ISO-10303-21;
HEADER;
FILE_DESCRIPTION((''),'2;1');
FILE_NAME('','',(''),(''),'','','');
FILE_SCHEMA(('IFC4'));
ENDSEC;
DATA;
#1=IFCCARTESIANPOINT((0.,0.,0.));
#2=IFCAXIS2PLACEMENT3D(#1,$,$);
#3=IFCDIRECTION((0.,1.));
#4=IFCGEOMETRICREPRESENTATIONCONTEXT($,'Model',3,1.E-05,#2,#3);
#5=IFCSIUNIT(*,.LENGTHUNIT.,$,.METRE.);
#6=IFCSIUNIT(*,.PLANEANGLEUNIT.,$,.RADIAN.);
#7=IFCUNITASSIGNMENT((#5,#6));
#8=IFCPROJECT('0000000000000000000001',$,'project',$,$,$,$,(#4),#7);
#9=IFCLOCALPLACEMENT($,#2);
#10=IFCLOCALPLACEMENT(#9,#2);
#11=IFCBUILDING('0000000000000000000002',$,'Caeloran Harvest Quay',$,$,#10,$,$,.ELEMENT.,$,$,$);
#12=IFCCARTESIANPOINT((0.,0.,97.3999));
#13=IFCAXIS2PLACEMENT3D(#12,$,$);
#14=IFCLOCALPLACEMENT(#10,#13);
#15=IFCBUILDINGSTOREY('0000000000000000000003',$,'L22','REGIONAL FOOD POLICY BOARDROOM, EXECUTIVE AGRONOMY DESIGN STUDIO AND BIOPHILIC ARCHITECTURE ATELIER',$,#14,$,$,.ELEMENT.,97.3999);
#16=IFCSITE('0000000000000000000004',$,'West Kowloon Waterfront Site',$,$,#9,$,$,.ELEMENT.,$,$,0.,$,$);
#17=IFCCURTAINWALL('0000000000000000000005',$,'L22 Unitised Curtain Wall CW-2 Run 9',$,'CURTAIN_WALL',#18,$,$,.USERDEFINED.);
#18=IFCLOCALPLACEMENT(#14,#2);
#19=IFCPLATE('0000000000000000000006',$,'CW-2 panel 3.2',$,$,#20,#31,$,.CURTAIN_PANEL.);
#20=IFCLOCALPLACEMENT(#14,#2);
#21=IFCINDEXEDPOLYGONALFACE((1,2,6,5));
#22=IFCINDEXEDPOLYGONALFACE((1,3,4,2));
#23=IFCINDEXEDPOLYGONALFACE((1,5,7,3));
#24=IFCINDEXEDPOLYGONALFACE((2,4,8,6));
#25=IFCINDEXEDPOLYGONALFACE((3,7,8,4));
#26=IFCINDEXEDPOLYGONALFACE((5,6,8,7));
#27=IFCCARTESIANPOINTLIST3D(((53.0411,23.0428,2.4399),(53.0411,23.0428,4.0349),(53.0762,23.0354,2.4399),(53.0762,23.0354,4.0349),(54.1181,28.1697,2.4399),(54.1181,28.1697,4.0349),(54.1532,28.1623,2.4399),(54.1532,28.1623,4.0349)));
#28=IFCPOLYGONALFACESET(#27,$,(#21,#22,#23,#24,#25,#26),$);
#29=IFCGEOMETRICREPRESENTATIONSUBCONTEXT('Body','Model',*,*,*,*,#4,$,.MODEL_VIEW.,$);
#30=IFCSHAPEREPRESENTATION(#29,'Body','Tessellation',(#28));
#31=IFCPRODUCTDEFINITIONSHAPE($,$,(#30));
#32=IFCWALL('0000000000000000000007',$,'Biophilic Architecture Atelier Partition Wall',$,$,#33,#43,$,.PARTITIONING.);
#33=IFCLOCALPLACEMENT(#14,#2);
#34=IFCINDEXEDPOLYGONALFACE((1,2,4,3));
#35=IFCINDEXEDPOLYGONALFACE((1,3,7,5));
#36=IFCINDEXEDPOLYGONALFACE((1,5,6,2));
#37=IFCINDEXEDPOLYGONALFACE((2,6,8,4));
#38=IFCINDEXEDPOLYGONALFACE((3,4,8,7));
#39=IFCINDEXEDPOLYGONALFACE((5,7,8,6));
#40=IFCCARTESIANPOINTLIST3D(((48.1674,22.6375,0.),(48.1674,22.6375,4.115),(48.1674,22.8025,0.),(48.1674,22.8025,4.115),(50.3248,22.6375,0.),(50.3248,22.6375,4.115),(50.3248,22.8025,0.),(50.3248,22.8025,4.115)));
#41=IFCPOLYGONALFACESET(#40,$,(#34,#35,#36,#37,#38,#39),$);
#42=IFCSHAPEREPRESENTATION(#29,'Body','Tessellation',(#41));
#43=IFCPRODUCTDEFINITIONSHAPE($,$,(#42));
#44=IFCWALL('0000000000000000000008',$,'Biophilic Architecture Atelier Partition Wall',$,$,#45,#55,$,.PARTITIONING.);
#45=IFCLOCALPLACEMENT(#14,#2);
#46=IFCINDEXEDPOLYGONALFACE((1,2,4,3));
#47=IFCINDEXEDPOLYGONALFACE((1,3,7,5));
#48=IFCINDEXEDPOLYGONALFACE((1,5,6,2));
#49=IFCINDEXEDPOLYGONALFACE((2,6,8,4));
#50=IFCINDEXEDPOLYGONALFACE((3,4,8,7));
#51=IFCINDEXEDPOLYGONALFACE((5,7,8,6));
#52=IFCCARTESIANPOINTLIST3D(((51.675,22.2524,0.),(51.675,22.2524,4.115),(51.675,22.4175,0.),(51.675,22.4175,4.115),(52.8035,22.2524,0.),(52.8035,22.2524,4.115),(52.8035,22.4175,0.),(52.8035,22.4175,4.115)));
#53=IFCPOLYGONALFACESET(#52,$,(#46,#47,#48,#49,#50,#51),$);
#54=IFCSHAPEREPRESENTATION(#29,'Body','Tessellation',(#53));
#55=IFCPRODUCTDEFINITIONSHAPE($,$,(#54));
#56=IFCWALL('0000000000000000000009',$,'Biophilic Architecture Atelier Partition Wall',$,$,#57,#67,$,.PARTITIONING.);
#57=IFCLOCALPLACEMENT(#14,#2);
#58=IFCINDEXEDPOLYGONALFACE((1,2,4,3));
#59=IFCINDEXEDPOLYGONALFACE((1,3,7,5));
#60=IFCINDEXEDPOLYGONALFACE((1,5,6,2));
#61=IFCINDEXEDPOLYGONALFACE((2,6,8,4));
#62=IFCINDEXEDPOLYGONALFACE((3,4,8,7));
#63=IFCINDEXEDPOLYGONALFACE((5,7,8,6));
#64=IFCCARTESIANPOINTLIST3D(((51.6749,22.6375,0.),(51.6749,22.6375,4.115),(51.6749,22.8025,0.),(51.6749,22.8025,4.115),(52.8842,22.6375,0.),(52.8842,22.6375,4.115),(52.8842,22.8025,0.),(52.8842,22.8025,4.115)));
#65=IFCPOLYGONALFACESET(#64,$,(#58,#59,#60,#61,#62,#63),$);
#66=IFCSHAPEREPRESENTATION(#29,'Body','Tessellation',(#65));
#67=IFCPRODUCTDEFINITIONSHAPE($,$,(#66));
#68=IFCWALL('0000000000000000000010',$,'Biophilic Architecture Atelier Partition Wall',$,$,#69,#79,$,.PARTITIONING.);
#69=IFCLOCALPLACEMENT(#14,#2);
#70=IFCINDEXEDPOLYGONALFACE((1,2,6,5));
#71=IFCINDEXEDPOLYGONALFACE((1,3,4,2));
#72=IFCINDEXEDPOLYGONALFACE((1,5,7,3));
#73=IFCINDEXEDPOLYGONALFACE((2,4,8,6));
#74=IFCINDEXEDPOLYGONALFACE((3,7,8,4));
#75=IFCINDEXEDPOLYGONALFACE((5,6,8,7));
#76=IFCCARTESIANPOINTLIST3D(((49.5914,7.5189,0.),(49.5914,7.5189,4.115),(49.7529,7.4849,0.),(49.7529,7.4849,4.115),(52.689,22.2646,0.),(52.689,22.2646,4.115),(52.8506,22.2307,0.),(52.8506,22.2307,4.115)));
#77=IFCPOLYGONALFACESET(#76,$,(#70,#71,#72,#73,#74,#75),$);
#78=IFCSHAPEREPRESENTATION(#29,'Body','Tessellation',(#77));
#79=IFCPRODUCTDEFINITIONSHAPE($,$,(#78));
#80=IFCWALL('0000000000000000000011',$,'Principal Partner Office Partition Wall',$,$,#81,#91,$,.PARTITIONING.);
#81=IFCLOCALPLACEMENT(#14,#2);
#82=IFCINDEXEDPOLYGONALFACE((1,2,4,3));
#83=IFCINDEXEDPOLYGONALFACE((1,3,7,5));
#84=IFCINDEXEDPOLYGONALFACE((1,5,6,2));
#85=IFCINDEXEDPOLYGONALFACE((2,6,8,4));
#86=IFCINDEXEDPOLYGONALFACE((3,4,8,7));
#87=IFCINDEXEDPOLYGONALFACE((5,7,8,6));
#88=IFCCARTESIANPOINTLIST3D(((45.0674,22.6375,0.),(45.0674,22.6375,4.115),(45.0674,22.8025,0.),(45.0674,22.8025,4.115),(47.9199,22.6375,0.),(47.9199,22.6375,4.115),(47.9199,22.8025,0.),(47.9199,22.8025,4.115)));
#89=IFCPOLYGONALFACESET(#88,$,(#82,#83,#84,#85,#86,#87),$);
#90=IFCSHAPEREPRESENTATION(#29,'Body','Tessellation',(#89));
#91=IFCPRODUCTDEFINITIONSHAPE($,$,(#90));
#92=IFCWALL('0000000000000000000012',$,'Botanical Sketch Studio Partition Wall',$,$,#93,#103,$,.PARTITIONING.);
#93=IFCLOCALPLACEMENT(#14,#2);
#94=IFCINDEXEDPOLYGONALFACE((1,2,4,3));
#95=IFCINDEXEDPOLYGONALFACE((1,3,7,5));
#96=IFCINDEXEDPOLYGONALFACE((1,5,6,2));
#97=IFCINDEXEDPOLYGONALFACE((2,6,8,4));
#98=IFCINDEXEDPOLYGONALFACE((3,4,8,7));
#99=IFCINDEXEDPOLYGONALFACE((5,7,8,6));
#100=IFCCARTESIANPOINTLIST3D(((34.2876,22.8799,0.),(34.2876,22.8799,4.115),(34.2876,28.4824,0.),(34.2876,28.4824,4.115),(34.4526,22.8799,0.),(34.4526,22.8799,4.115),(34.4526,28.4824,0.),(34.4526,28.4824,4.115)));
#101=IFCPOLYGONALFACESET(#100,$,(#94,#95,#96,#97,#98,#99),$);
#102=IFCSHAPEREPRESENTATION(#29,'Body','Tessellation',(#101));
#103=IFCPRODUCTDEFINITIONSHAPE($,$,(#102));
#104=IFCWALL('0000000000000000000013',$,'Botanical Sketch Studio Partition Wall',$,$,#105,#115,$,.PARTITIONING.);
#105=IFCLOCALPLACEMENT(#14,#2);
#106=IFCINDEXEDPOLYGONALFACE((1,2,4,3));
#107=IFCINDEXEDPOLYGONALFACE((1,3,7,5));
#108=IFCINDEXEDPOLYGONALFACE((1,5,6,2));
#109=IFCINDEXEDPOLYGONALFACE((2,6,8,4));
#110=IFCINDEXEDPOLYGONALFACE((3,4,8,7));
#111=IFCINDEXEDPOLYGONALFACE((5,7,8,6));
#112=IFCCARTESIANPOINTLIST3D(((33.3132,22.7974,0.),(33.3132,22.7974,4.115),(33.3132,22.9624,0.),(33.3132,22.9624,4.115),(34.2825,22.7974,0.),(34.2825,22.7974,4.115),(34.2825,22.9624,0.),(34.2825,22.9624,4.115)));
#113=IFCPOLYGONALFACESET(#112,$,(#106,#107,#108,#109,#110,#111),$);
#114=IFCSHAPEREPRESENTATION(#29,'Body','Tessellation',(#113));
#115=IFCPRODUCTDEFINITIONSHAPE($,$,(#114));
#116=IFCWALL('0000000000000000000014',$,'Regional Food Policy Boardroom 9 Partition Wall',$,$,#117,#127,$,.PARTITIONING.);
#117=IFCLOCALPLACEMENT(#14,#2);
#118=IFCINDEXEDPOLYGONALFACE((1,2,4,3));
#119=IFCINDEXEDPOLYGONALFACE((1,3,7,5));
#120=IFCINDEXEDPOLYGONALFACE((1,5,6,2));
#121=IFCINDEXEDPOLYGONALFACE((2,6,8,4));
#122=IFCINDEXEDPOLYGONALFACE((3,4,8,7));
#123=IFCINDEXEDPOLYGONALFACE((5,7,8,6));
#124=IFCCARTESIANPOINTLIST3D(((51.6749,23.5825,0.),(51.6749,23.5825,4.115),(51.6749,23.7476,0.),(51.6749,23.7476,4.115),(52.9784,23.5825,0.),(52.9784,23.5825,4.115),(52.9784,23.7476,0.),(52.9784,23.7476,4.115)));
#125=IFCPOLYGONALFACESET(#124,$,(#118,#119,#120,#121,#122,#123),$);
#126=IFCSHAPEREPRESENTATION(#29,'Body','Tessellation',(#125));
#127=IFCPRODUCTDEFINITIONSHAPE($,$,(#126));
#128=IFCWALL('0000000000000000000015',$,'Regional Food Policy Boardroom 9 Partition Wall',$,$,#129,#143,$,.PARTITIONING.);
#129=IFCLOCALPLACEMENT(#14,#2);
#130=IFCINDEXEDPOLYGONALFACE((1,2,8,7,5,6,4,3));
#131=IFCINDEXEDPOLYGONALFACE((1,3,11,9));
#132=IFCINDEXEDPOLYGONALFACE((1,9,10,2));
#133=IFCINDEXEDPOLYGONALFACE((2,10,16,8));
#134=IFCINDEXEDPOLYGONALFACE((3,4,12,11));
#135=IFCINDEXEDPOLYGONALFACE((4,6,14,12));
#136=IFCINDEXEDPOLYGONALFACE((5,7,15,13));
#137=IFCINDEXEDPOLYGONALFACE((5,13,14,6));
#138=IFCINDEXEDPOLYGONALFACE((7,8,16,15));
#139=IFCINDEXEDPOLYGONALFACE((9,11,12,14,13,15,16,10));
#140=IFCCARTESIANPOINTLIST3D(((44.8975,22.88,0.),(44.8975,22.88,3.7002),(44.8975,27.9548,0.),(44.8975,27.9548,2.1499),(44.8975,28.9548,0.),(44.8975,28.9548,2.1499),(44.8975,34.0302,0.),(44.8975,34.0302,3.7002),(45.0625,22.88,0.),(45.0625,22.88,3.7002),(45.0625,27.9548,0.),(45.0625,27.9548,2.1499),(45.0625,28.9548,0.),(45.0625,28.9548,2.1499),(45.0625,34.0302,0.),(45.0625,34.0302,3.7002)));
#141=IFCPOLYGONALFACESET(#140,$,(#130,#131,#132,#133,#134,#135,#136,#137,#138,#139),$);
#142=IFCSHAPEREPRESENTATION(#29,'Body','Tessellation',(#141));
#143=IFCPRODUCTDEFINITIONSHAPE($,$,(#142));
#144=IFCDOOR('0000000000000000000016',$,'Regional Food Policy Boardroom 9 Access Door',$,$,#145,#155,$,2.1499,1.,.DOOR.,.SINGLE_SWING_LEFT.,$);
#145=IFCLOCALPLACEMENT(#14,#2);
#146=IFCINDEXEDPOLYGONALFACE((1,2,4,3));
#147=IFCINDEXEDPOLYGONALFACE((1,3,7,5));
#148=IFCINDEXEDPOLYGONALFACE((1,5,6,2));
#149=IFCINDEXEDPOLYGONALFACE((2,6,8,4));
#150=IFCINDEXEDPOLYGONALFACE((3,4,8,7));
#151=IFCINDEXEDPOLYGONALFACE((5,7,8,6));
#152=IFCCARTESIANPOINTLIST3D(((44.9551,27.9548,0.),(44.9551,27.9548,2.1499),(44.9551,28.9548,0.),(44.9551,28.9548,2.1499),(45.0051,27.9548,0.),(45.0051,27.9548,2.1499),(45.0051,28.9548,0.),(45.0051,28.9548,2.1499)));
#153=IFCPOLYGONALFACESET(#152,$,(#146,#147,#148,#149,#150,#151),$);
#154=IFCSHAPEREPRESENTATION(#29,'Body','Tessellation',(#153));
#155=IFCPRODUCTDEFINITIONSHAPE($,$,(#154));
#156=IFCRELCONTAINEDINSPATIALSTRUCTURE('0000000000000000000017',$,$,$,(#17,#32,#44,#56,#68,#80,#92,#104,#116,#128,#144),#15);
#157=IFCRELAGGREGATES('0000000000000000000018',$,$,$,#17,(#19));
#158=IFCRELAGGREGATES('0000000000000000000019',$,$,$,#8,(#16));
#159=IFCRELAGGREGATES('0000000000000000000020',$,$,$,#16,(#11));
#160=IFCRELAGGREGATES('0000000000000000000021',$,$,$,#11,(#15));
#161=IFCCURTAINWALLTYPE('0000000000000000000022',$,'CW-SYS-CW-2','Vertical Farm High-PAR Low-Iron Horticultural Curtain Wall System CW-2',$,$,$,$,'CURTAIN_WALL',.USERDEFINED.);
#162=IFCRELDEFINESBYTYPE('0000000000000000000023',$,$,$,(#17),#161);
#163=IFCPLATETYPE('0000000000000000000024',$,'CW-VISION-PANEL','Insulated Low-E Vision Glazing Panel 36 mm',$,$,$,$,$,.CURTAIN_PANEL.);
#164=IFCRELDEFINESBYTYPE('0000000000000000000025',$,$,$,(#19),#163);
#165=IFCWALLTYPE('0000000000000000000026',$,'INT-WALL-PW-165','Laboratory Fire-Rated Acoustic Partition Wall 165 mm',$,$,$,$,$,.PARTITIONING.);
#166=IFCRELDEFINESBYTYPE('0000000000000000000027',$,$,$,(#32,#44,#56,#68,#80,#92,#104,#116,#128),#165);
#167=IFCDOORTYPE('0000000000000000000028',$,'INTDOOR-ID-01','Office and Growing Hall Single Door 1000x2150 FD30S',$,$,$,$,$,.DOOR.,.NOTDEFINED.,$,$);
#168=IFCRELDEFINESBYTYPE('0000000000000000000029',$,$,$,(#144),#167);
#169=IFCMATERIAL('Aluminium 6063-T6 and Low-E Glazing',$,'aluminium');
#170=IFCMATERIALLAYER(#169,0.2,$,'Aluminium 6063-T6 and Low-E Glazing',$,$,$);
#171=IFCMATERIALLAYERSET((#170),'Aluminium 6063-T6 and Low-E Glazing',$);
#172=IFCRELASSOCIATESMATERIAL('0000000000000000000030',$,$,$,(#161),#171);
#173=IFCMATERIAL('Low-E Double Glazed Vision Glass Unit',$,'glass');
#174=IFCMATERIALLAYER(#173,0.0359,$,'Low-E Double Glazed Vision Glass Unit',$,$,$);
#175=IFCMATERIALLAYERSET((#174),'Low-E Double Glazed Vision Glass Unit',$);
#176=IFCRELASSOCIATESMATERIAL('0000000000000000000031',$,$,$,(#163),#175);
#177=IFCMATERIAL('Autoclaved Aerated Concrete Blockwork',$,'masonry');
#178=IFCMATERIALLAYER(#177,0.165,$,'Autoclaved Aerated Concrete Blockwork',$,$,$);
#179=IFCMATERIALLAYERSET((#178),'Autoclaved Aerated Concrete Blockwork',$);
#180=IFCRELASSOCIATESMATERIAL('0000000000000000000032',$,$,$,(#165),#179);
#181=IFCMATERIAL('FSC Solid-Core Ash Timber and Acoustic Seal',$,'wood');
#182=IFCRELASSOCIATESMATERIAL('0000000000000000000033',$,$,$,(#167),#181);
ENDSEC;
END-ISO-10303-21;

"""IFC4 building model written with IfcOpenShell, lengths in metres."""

from ifc_helpers import new_model, si_unit, direction, frame, frame_2d, origin, origin_2d, place, context, subcontext, project, spatial, rectangle, extrude, material, layer, layer_set, type_object, element, fill, aggregate, save


model = new_model("IFC4")

# Units and contexts
model_context = context("Model", 3, precision=1e-05, world=origin(), true_north=direction((0.0, 1.0)))
body_context = subcontext(model_context, "Body", "Model", "MODEL_VIEW")
ifc_project = project(units=[si_unit("LENGTHUNIT", "METRE"), si_unit("PLANEANGLEUNIT", "RADIAN")], contexts=[model_context])

# Site, building, storey
site_placement = place(None, origin())
site = spatial("IfcSite", under=ifc_project, at=site_placement, Name="West Kowloon Waterfront Site", CompositionType="ELEMENT", RefElevation=0.0)
building_placement = place(site_placement, origin())
building = spatial("IfcBuilding", under=site, at=building_placement, Name="Caeloran Harvest Quay", CompositionType="ELEMENT")
storey_placement = place(building_placement, frame((0.0, 0.0, 97.3999)))
storey = spatial("IfcBuildingStorey", under=building, at=storey_placement, Name="L22", Description="REGIONAL FOOD POLICY BOARDROOM, EXECUTIVE AGRONOMY DESIGN STUDIO AND BIOPHILIC ARCHITECTURE ATELIER", CompositionType="ELEMENT", Elevation=97.3999)

# Curtain wall, plate
ifc_material_1 = material(Name="Aluminium 6063-T6 and Low-E Glazing", Category="aluminium")
ifc_layer_1 = layer(ifc_material_1, 0.2, Name="Aluminium 6063-T6 and Low-E Glazing")
ifc_layer_set_1 = layer_set([ifc_layer_1], Name="Aluminium 6063-T6 and Low-E Glazing")
curtain_wall_type = type_object("IfcCurtainWallType", Name="CW-SYS-CW-2", Description="Vertical Farm High-PAR Low-Iron Horticultural Curtain Wall System CW-2", ElementType="CURTAIN_WALL", PredefinedType="USERDEFINED", material=ifc_layer_set_1)
curtain_wall_placement = place(storey_placement, origin())
curtain_wall = element("IfcCurtainWall", 1, at=curtain_wall_placement, inside=storey, type_object=curtain_wall_type, Name="L22 Unitised Curtain Wall CW-2 Run 9", ObjectType="CURTAIN_WALL", PredefinedType="USERDEFINED")
ifc_material_2 = material(Name="Low-E Double Glazed Vision Glass Unit", Category="glass")
ifc_layer_2 = layer(ifc_material_2, 0.0359, Name="Low-E Double Glazed Vision Glass Unit")
ifc_layer_set_2 = layer_set([ifc_layer_2], Name="Low-E Double Glazed Vision Glass Unit")
plate_type = type_object("IfcPlateType", Name="CW-VISION-PANEL", Description="Insulated Low-E Vision Glazing Panel 36 mm", PredefinedType="CURTAIN_PANEL", material=ifc_layer_set_2)
plate_1_placement = place(storey_placement, frame((53.5972, 25.6025, 2.4399), z_axis=(0.0, 0.0, 1.0), x_axis=(-0.205583, -0.97864, 0.0)))
plate_1 = element("IfcPlate", 2, at=plate_1_placement, type_object=plate_type, Name="CW-2 panel 3.2", PredefinedType="CURTAIN_PANEL", context=body_context, shape_type="SweptSolid", body=[
    extrude(rectangle(XDim=5.2388, YDim=0.0359, at=origin_2d()), origin(), (0.0, 0.0, 1.0), 1.595),
])
aggregate(curtain_wall, [plate_1])

# Walls
ifc_material_3 = material(Name="Autoclaved Aerated Concrete Blockwork", Category="masonry")
ifc_layer_3 = layer(ifc_material_3, 0.165, Name="Autoclaved Aerated Concrete Blockwork")
ifc_layer_set_3 = layer_set([ifc_layer_3], Name="Autoclaved Aerated Concrete Blockwork")
wall_type = type_object("IfcWallType", Name="INT-WALL-PW-165", Description="Laboratory Fire-Rated Acoustic Partition Wall 165 mm", PredefinedType="PARTITIONING", material=ifc_layer_set_3)
wall_1_placement = place(storey_placement, frame((48.1675, 22.72, 0.0), z_axis=(0.0, 0.0, 1.0), x_axis=(1.0, 0.0, 0.0)))
element("IfcWall", 3, at=wall_1_placement, inside=storey, type_object=wall_type, Name="Biophilic Architecture Atelier Partition Wall", PredefinedType="PARTITIONING", context=body_context, shape_type="SweptSolid", body=[
    extrude(rectangle(XDim=2.1575, YDim=0.165, at=frame_2d((1.0786, 0.0))), origin(), (0.0, 0.0, 1.0), 4.115),
])
wall_2_placement = place(storey_placement, frame((51.675, 22.335, 0.0), z_axis=(0.0, 0.0, 1.0), x_axis=(1.0, 0.0, 0.0)))
element("IfcWall", 4, at=wall_2_placement, inside=storey, type_object=wall_type, Name="Biophilic Architecture Atelier Partition Wall", PredefinedType="PARTITIONING", context=body_context, shape_type="SweptSolid", body=[
    extrude(rectangle(XDim=1.1284, YDim=0.165, at=frame_2d((0.5642, 0.0))), origin(), (0.0, 0.0, 1.0), 4.115),
])
wall_3_placement = place(storey_placement, frame((51.675, 22.72, 0.0), z_axis=(0.0, 0.0, 1.0), x_axis=(1.0, 0.0, 0.0)))
element("IfcWall", 5, at=wall_3_placement, inside=storey, type_object=wall_type, Name="Biophilic Architecture Atelier Partition Wall", PredefinedType="PARTITIONING", context=body_context, shape_type="SweptSolid", body=[
    extrude(rectangle(XDim=1.2092, YDim=0.165, at=frame_2d((0.6045, 0.0))), origin(), (0.0, 0.0, 1.0), 4.115),
])
wall_4_placement = place(storey_placement, frame((52.7698, 22.2476, 0.0), z_axis=(0.0, 0.0, 1.0), x_axis=(-0.205583, -0.97864, 0.0)))
element("IfcWall", 6, at=wall_4_placement, inside=storey, type_object=wall_type, Name="Biophilic Architecture Atelier Partition Wall", PredefinedType="PARTITIONING", context=body_context, shape_type="SweptSolid", body=[
    extrude(rectangle(XDim=15.0676, YDim=0.165, at=frame_2d((7.5337, 0.0))), origin(), (0.0, 0.0, 1.0), 4.115),
])
wall_5_placement = place(storey_placement, frame((45.0674, 22.72, 0.0), z_axis=(0.0, 0.0, 1.0), x_axis=(1.0, 0.0, 0.0)))
element("IfcWall", 7, at=wall_5_placement, inside=storey, type_object=wall_type, Name="Principal Partner Office Partition Wall", PredefinedType="PARTITIONING", context=body_context, shape_type="SweptSolid", body=[
    extrude(rectangle(XDim=2.8525, YDim=0.165, at=frame_2d((1.4263, 0.0))), origin(), (0.0, 0.0, 1.0), 4.115),
])
wall_6_placement = place(storey_placement, frame((34.3701, 28.4824, 0.0), z_axis=(0.0, 0.0, 1.0), x_axis=(0.0, -1.0, 0.0)))
element("IfcWall", 8, at=wall_6_placement, inside=storey, type_object=wall_type, Name="Botanical Sketch Studio Partition Wall", PredefinedType="PARTITIONING", context=body_context, shape_type="SweptSolid", body=[
    extrude(rectangle(XDim=5.6025, YDim=0.165, at=frame_2d((2.8013, 0.0))), origin(), (0.0, 0.0, 1.0), 4.115),
])
wall_7_placement = place(storey_placement, frame((34.2825, 22.8799, 0.0), z_axis=(0.0, 0.0, 1.0), x_axis=(-1.0, 0.0, 0.0)))
element("IfcWall", 9, at=wall_7_placement, inside=storey, type_object=wall_type, Name="Botanical Sketch Studio Partition Wall", PredefinedType="PARTITIONING", context=body_context, shape_type="SweptSolid", body=[
    extrude(rectangle(XDim=0.9692, YDim=0.165, at=frame_2d((0.4846, 0.0))), origin(), (0.0, 0.0, 1.0), 4.115),
])
wall_8_placement = place(storey_placement, frame((52.9785, 23.665, 0.0), z_axis=(0.0, 0.0, 1.0), x_axis=(-1.0, 0.0, 0.0)))
element("IfcWall", 10, at=wall_8_placement, inside=storey, type_object=wall_type, Name="Regional Food Policy Boardroom 9 Partition Wall", PredefinedType="PARTITIONING", context=body_context, shape_type="SweptSolid", body=[
    extrude(rectangle(XDim=1.3035, YDim=0.165, at=frame_2d((0.6519, 0.0))), origin(), (0.0, 0.0, 1.0), 4.115),
])

# Wall, opening, door
wall_9_placement = place(storey_placement, frame((44.98, 22.8799, 0.0), z_axis=(0.0, 0.0, 1.0), x_axis=(0.0, 1.0, 0.0)))
wall_9 = element("IfcWall", 11, at=wall_9_placement, inside=storey, type_object=wall_type, Name="Regional Food Policy Boardroom 9 Partition Wall", PredefinedType="PARTITIONING", context=body_context, shape_type="SweptSolid", body=[
    extrude(rectangle(XDim=11.1501, YDim=0.165, at=frame_2d((5.5752, 0.0))), origin(), (0.0, 0.0, 1.0), 3.7002),
])
opening_placement = place(wall_9_placement, frame((5.075, 0.0, 0.0)))
opening = element("IfcOpeningElement", 12, at=opening_placement, cuts=wall_9, PredefinedType="OPENING", context=body_context, shape_type="SweptSolid", body=[
    extrude(rectangle(XDim=1.0, YDim=2.1499, at=frame_2d((0.5, 1.075))), frame((0.0, 0.0925, 0.0), z_axis=(0.0, -1.0, 0.0), x_axis=(1.0, 0.0, 0.0)), (0.0, 0.0, 1.0), 0.1851),
])
ifc_material_4 = material(Name="FSC Solid-Core Ash Timber and Acoustic Seal", Category="wood")
door_type = type_object("IfcDoorType", Name="INTDOOR-ID-01", Description="Office and Growing Hall Single Door 1000x2150 FD30S", OperationType="NOTDEFINED", PredefinedType="DOOR", material=ifc_material_4)
door_placement = place(opening_placement, origin())
door = element("IfcDoor", 13, at=door_placement, inside=storey, type_object=door_type, Name="Regional Food Policy Boardroom 9 Access Door", OperationType="SINGLE_SWING_LEFT", OverallHeight=2.1499, OverallWidth=1.0, PredefinedType="DOOR", context=body_context, shape_type="SweptSolid", body=[
    extrude(rectangle(XDim=1.0, YDim=2.1499, at=frame_2d((0.5, 1.075))), frame((0.0, 0.0249, 0.0), z_axis=(0.0, -1.0, 0.0), x_axis=(1.0, 0.0, 0.0)), (0.0, 0.0, 1.0), 0.05),
])
fill(opening, door)

save(model, "model.ifc")
